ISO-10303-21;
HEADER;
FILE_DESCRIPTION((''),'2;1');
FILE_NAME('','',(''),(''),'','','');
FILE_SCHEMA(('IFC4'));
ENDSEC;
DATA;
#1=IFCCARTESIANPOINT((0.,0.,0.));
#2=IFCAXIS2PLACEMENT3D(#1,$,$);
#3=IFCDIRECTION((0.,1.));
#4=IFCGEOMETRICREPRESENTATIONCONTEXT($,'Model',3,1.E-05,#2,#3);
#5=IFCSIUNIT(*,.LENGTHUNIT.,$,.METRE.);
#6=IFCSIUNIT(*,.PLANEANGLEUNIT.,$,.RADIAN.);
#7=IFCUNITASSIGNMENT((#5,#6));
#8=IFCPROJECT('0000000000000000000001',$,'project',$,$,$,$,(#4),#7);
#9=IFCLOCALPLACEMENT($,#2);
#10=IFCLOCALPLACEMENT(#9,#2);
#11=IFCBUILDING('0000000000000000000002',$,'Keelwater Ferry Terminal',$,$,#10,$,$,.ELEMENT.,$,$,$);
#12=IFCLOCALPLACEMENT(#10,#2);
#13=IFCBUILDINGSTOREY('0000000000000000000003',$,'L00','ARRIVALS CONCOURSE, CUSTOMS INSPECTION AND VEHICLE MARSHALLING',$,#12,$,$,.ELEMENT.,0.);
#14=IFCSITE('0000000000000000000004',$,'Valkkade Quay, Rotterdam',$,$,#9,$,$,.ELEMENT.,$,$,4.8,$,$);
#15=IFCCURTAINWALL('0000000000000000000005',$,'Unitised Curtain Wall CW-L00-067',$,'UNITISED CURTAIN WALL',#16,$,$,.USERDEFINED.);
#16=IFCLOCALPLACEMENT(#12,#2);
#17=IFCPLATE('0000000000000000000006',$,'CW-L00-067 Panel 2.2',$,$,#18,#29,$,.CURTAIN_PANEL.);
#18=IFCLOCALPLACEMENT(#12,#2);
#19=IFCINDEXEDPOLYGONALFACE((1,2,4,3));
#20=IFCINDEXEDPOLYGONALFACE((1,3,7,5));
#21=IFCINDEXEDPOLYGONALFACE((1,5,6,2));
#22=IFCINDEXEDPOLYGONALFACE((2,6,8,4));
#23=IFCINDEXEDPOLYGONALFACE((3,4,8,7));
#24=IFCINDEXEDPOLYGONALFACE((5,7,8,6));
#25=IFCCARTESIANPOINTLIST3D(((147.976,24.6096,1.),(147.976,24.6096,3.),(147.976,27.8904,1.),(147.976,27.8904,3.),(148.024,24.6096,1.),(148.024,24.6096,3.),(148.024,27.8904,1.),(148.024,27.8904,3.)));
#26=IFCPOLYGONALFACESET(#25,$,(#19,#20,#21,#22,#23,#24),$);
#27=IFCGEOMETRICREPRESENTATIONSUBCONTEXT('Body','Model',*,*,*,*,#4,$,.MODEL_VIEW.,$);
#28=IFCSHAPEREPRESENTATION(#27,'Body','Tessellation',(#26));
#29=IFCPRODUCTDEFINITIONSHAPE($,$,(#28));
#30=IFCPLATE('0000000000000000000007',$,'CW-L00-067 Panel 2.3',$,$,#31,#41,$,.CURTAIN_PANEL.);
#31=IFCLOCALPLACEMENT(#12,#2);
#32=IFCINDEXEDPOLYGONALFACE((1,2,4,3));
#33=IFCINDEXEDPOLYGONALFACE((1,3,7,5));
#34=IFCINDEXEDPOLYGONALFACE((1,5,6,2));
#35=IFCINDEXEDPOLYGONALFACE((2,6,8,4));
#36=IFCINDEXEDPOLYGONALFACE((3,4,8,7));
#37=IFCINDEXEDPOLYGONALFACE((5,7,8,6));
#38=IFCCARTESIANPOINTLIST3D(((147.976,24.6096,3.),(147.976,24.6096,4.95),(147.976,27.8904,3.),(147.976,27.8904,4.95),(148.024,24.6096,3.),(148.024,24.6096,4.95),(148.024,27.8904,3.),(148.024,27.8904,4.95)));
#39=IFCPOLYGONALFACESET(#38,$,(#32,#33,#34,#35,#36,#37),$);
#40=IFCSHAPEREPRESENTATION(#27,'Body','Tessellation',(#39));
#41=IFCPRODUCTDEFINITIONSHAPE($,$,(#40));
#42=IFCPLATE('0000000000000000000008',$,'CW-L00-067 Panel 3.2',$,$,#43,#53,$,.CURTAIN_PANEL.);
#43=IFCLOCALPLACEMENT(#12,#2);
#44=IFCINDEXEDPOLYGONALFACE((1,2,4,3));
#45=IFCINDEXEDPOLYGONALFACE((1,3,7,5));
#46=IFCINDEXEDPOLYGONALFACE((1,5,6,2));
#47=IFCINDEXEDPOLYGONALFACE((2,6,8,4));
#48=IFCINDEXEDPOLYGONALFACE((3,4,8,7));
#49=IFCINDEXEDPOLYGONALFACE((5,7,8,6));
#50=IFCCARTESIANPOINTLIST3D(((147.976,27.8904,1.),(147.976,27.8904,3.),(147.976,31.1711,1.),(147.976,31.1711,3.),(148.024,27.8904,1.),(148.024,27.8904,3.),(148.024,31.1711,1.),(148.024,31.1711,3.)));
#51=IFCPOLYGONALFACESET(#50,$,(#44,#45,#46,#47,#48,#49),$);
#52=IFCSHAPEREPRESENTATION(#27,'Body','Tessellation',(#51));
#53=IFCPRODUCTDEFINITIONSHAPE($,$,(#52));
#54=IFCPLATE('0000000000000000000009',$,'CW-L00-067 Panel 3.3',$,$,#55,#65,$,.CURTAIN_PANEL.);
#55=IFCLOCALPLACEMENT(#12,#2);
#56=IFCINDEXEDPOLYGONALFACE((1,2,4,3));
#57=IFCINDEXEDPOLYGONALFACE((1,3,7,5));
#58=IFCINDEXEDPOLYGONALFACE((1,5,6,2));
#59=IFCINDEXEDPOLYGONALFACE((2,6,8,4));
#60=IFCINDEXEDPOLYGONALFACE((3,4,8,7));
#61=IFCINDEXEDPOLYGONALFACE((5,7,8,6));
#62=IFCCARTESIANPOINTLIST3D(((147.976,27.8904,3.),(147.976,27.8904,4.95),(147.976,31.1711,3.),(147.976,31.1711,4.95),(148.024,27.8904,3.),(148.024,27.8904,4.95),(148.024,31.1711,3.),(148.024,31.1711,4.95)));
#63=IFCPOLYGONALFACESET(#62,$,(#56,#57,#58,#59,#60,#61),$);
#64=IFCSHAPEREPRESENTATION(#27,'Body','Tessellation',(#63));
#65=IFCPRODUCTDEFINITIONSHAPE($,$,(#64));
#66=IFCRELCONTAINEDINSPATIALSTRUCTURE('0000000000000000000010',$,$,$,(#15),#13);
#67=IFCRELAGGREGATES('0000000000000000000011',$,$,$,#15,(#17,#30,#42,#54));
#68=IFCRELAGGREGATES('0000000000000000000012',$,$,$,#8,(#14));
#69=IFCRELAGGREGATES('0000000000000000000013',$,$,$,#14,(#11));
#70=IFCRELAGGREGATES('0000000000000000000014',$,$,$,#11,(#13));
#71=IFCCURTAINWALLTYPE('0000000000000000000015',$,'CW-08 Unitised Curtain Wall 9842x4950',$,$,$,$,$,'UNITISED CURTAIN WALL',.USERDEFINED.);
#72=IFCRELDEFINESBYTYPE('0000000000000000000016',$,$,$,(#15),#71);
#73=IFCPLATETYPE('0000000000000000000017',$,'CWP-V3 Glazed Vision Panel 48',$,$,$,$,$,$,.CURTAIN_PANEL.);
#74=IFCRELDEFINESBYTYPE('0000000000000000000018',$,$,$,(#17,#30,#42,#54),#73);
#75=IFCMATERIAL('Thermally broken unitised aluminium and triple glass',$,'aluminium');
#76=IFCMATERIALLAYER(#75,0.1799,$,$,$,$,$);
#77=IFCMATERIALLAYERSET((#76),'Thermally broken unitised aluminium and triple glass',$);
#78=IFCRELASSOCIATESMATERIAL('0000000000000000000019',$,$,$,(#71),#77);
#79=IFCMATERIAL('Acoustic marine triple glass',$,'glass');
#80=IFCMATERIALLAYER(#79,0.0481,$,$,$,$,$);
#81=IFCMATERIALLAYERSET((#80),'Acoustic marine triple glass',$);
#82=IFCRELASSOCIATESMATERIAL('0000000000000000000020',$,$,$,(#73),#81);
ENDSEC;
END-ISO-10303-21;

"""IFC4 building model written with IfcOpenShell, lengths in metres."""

from ifc_helpers import new_model, si_unit, direction, frame, origin, origin_2d, place, context, subcontext, project, spatial, rectangle, extrude, material, layer, layer_set, type_object, element, aggregate, save


model = new_model("IFC4")

# Units and contexts
model_context = context("Model", 3, precision=1e-05, world=origin(), true_north=direction((0.0, 1.0)))
body_context = subcontext(model_context, "Body", "Model", "MODEL_VIEW")
ifc_project = project(units=[si_unit("LENGTHUNIT", "METRE"), si_unit("PLANEANGLEUNIT", "RADIAN")], contexts=[model_context])

# Site, building, storey
site_placement = place(None, origin())
site = spatial("IfcSite", under=ifc_project, at=site_placement, Name="Valkkade Quay, Rotterdam", CompositionType="ELEMENT", RefElevation=4.8)
building_placement = place(site_placement, origin())
building = spatial("IfcBuilding", under=site, at=building_placement, Name="Keelwater Ferry Terminal", CompositionType="ELEMENT")
storey_placement = place(building_placement, origin())
storey = spatial("IfcBuildingStorey", under=building, at=storey_placement, Name="L00", Description="ARRIVALS CONCOURSE, CUSTOMS INSPECTION AND VEHICLE MARSHALLING", CompositionType="ELEMENT", Elevation=0.0)

# Curtain wall
ifc_material_1 = material(Name="Thermally broken unitised aluminium and triple glass", Category="aluminium")
ifc_layer_1 = layer(ifc_material_1, 0.1799)
ifc_layer_set_1 = layer_set([ifc_layer_1], Name="Thermally broken unitised aluminium and triple glass")
curtain_wall_type = type_object("IfcCurtainWallType", Name="CW-08 Unitised Curtain Wall 9842x4950", ElementType="UNITISED CURTAIN WALL", PredefinedType="USERDEFINED", material=ifc_layer_set_1)
curtain_wall_placement = place(storey_placement, origin())
curtain_wall = element("IfcCurtainWall", 1, at=curtain_wall_placement, inside=storey, type_object=curtain_wall_type, Name="Unitised Curtain Wall CW-L00-067", ObjectType="UNITISED CURTAIN WALL", PredefinedType="USERDEFINED")

# Plates
ifc_material_2 = material(Name="Acoustic marine triple glass", Category="glass")
ifc_layer_2 = layer(ifc_material_2, 0.0481)
ifc_layer_set_2 = layer_set([ifc_layer_2], Name="Acoustic marine triple glass")
plate_type_1 = type_object("IfcPlateType", Name="CWP-V3 Glazed Vision Panel 48", PredefinedType="CURTAIN_PANEL", material=ifc_layer_set_2)
plate_1_placement = place(storey_placement, frame((148.0, 26.25, 1.0), z_axis=(0.0, 0.0, 1.0), x_axis=(0.0, 1.0, 0.0)))
plate_1 = element("IfcPlate", 2, at=plate_1_placement, type_object=plate_type_1, Name="CW-L00-067 Panel 2.2", PredefinedType="CURTAIN_PANEL", context=body_context, shape_type="SweptSolid", body=[
    extrude(rectangle(XDim=3.2808, YDim=0.0481, at=origin_2d()), origin(), (0.0, 0.0, 1.0), 2.0),
])
plate_2_placement = place(storey_placement, frame((148.0, 26.25, 3.0), z_axis=(0.0, 0.0, 1.0), x_axis=(0.0, 1.0, 0.0)))
plate_2 = element("IfcPlate", 3, at=plate_2_placement, type_object=plate_type_1, Name="CW-L00-067 Panel 2.3", PredefinedType="CURTAIN_PANEL", context=body_context, shape_type="SweptSolid", body=[
    extrude(rectangle(XDim=3.2808, YDim=0.0481, at=origin_2d()), origin(), (0.0, 0.0, 1.0), 1.95),
])
plate_3_placement = place(storey_placement, frame((148.0, 29.5308, 1.0), z_axis=(0.0, 0.0, 1.0), x_axis=(0.0, 1.0, 0.0)))
plate_3 = element("IfcPlate", 4, at=plate_3_placement, type_object=plate_type_1, Name="CW-L00-067 Panel 3.2", PredefinedType="CURTAIN_PANEL", context=body_context, shape_type="SweptSolid", body=[
    extrude(rectangle(XDim=3.2808, YDim=0.0481, at=origin_2d()), origin(), (0.0, 0.0, 1.0), 2.0),
])
plate_4_placement = place(storey_placement, frame((148.0, 29.5308, 3.0), z_axis=(0.0, 0.0, 1.0), x_axis=(0.0, 1.0, 0.0)))
plate_4 = element("IfcPlate", 5, at=plate_4_placement, type_object=plate_type_1, Name="CW-L00-067 Panel 3.3", PredefinedType="CURTAIN_PANEL", context=body_context, shape_type="SweptSolid", body=[
    extrude(rectangle(XDim=3.2808, YDim=0.0481, at=origin_2d()), origin(), (0.0, 0.0, 1.0), 1.95),
])
aggregate(curtain_wall, [plate_1, plate_2, plate_3, plate_4])

save(model, "model.ifc")
